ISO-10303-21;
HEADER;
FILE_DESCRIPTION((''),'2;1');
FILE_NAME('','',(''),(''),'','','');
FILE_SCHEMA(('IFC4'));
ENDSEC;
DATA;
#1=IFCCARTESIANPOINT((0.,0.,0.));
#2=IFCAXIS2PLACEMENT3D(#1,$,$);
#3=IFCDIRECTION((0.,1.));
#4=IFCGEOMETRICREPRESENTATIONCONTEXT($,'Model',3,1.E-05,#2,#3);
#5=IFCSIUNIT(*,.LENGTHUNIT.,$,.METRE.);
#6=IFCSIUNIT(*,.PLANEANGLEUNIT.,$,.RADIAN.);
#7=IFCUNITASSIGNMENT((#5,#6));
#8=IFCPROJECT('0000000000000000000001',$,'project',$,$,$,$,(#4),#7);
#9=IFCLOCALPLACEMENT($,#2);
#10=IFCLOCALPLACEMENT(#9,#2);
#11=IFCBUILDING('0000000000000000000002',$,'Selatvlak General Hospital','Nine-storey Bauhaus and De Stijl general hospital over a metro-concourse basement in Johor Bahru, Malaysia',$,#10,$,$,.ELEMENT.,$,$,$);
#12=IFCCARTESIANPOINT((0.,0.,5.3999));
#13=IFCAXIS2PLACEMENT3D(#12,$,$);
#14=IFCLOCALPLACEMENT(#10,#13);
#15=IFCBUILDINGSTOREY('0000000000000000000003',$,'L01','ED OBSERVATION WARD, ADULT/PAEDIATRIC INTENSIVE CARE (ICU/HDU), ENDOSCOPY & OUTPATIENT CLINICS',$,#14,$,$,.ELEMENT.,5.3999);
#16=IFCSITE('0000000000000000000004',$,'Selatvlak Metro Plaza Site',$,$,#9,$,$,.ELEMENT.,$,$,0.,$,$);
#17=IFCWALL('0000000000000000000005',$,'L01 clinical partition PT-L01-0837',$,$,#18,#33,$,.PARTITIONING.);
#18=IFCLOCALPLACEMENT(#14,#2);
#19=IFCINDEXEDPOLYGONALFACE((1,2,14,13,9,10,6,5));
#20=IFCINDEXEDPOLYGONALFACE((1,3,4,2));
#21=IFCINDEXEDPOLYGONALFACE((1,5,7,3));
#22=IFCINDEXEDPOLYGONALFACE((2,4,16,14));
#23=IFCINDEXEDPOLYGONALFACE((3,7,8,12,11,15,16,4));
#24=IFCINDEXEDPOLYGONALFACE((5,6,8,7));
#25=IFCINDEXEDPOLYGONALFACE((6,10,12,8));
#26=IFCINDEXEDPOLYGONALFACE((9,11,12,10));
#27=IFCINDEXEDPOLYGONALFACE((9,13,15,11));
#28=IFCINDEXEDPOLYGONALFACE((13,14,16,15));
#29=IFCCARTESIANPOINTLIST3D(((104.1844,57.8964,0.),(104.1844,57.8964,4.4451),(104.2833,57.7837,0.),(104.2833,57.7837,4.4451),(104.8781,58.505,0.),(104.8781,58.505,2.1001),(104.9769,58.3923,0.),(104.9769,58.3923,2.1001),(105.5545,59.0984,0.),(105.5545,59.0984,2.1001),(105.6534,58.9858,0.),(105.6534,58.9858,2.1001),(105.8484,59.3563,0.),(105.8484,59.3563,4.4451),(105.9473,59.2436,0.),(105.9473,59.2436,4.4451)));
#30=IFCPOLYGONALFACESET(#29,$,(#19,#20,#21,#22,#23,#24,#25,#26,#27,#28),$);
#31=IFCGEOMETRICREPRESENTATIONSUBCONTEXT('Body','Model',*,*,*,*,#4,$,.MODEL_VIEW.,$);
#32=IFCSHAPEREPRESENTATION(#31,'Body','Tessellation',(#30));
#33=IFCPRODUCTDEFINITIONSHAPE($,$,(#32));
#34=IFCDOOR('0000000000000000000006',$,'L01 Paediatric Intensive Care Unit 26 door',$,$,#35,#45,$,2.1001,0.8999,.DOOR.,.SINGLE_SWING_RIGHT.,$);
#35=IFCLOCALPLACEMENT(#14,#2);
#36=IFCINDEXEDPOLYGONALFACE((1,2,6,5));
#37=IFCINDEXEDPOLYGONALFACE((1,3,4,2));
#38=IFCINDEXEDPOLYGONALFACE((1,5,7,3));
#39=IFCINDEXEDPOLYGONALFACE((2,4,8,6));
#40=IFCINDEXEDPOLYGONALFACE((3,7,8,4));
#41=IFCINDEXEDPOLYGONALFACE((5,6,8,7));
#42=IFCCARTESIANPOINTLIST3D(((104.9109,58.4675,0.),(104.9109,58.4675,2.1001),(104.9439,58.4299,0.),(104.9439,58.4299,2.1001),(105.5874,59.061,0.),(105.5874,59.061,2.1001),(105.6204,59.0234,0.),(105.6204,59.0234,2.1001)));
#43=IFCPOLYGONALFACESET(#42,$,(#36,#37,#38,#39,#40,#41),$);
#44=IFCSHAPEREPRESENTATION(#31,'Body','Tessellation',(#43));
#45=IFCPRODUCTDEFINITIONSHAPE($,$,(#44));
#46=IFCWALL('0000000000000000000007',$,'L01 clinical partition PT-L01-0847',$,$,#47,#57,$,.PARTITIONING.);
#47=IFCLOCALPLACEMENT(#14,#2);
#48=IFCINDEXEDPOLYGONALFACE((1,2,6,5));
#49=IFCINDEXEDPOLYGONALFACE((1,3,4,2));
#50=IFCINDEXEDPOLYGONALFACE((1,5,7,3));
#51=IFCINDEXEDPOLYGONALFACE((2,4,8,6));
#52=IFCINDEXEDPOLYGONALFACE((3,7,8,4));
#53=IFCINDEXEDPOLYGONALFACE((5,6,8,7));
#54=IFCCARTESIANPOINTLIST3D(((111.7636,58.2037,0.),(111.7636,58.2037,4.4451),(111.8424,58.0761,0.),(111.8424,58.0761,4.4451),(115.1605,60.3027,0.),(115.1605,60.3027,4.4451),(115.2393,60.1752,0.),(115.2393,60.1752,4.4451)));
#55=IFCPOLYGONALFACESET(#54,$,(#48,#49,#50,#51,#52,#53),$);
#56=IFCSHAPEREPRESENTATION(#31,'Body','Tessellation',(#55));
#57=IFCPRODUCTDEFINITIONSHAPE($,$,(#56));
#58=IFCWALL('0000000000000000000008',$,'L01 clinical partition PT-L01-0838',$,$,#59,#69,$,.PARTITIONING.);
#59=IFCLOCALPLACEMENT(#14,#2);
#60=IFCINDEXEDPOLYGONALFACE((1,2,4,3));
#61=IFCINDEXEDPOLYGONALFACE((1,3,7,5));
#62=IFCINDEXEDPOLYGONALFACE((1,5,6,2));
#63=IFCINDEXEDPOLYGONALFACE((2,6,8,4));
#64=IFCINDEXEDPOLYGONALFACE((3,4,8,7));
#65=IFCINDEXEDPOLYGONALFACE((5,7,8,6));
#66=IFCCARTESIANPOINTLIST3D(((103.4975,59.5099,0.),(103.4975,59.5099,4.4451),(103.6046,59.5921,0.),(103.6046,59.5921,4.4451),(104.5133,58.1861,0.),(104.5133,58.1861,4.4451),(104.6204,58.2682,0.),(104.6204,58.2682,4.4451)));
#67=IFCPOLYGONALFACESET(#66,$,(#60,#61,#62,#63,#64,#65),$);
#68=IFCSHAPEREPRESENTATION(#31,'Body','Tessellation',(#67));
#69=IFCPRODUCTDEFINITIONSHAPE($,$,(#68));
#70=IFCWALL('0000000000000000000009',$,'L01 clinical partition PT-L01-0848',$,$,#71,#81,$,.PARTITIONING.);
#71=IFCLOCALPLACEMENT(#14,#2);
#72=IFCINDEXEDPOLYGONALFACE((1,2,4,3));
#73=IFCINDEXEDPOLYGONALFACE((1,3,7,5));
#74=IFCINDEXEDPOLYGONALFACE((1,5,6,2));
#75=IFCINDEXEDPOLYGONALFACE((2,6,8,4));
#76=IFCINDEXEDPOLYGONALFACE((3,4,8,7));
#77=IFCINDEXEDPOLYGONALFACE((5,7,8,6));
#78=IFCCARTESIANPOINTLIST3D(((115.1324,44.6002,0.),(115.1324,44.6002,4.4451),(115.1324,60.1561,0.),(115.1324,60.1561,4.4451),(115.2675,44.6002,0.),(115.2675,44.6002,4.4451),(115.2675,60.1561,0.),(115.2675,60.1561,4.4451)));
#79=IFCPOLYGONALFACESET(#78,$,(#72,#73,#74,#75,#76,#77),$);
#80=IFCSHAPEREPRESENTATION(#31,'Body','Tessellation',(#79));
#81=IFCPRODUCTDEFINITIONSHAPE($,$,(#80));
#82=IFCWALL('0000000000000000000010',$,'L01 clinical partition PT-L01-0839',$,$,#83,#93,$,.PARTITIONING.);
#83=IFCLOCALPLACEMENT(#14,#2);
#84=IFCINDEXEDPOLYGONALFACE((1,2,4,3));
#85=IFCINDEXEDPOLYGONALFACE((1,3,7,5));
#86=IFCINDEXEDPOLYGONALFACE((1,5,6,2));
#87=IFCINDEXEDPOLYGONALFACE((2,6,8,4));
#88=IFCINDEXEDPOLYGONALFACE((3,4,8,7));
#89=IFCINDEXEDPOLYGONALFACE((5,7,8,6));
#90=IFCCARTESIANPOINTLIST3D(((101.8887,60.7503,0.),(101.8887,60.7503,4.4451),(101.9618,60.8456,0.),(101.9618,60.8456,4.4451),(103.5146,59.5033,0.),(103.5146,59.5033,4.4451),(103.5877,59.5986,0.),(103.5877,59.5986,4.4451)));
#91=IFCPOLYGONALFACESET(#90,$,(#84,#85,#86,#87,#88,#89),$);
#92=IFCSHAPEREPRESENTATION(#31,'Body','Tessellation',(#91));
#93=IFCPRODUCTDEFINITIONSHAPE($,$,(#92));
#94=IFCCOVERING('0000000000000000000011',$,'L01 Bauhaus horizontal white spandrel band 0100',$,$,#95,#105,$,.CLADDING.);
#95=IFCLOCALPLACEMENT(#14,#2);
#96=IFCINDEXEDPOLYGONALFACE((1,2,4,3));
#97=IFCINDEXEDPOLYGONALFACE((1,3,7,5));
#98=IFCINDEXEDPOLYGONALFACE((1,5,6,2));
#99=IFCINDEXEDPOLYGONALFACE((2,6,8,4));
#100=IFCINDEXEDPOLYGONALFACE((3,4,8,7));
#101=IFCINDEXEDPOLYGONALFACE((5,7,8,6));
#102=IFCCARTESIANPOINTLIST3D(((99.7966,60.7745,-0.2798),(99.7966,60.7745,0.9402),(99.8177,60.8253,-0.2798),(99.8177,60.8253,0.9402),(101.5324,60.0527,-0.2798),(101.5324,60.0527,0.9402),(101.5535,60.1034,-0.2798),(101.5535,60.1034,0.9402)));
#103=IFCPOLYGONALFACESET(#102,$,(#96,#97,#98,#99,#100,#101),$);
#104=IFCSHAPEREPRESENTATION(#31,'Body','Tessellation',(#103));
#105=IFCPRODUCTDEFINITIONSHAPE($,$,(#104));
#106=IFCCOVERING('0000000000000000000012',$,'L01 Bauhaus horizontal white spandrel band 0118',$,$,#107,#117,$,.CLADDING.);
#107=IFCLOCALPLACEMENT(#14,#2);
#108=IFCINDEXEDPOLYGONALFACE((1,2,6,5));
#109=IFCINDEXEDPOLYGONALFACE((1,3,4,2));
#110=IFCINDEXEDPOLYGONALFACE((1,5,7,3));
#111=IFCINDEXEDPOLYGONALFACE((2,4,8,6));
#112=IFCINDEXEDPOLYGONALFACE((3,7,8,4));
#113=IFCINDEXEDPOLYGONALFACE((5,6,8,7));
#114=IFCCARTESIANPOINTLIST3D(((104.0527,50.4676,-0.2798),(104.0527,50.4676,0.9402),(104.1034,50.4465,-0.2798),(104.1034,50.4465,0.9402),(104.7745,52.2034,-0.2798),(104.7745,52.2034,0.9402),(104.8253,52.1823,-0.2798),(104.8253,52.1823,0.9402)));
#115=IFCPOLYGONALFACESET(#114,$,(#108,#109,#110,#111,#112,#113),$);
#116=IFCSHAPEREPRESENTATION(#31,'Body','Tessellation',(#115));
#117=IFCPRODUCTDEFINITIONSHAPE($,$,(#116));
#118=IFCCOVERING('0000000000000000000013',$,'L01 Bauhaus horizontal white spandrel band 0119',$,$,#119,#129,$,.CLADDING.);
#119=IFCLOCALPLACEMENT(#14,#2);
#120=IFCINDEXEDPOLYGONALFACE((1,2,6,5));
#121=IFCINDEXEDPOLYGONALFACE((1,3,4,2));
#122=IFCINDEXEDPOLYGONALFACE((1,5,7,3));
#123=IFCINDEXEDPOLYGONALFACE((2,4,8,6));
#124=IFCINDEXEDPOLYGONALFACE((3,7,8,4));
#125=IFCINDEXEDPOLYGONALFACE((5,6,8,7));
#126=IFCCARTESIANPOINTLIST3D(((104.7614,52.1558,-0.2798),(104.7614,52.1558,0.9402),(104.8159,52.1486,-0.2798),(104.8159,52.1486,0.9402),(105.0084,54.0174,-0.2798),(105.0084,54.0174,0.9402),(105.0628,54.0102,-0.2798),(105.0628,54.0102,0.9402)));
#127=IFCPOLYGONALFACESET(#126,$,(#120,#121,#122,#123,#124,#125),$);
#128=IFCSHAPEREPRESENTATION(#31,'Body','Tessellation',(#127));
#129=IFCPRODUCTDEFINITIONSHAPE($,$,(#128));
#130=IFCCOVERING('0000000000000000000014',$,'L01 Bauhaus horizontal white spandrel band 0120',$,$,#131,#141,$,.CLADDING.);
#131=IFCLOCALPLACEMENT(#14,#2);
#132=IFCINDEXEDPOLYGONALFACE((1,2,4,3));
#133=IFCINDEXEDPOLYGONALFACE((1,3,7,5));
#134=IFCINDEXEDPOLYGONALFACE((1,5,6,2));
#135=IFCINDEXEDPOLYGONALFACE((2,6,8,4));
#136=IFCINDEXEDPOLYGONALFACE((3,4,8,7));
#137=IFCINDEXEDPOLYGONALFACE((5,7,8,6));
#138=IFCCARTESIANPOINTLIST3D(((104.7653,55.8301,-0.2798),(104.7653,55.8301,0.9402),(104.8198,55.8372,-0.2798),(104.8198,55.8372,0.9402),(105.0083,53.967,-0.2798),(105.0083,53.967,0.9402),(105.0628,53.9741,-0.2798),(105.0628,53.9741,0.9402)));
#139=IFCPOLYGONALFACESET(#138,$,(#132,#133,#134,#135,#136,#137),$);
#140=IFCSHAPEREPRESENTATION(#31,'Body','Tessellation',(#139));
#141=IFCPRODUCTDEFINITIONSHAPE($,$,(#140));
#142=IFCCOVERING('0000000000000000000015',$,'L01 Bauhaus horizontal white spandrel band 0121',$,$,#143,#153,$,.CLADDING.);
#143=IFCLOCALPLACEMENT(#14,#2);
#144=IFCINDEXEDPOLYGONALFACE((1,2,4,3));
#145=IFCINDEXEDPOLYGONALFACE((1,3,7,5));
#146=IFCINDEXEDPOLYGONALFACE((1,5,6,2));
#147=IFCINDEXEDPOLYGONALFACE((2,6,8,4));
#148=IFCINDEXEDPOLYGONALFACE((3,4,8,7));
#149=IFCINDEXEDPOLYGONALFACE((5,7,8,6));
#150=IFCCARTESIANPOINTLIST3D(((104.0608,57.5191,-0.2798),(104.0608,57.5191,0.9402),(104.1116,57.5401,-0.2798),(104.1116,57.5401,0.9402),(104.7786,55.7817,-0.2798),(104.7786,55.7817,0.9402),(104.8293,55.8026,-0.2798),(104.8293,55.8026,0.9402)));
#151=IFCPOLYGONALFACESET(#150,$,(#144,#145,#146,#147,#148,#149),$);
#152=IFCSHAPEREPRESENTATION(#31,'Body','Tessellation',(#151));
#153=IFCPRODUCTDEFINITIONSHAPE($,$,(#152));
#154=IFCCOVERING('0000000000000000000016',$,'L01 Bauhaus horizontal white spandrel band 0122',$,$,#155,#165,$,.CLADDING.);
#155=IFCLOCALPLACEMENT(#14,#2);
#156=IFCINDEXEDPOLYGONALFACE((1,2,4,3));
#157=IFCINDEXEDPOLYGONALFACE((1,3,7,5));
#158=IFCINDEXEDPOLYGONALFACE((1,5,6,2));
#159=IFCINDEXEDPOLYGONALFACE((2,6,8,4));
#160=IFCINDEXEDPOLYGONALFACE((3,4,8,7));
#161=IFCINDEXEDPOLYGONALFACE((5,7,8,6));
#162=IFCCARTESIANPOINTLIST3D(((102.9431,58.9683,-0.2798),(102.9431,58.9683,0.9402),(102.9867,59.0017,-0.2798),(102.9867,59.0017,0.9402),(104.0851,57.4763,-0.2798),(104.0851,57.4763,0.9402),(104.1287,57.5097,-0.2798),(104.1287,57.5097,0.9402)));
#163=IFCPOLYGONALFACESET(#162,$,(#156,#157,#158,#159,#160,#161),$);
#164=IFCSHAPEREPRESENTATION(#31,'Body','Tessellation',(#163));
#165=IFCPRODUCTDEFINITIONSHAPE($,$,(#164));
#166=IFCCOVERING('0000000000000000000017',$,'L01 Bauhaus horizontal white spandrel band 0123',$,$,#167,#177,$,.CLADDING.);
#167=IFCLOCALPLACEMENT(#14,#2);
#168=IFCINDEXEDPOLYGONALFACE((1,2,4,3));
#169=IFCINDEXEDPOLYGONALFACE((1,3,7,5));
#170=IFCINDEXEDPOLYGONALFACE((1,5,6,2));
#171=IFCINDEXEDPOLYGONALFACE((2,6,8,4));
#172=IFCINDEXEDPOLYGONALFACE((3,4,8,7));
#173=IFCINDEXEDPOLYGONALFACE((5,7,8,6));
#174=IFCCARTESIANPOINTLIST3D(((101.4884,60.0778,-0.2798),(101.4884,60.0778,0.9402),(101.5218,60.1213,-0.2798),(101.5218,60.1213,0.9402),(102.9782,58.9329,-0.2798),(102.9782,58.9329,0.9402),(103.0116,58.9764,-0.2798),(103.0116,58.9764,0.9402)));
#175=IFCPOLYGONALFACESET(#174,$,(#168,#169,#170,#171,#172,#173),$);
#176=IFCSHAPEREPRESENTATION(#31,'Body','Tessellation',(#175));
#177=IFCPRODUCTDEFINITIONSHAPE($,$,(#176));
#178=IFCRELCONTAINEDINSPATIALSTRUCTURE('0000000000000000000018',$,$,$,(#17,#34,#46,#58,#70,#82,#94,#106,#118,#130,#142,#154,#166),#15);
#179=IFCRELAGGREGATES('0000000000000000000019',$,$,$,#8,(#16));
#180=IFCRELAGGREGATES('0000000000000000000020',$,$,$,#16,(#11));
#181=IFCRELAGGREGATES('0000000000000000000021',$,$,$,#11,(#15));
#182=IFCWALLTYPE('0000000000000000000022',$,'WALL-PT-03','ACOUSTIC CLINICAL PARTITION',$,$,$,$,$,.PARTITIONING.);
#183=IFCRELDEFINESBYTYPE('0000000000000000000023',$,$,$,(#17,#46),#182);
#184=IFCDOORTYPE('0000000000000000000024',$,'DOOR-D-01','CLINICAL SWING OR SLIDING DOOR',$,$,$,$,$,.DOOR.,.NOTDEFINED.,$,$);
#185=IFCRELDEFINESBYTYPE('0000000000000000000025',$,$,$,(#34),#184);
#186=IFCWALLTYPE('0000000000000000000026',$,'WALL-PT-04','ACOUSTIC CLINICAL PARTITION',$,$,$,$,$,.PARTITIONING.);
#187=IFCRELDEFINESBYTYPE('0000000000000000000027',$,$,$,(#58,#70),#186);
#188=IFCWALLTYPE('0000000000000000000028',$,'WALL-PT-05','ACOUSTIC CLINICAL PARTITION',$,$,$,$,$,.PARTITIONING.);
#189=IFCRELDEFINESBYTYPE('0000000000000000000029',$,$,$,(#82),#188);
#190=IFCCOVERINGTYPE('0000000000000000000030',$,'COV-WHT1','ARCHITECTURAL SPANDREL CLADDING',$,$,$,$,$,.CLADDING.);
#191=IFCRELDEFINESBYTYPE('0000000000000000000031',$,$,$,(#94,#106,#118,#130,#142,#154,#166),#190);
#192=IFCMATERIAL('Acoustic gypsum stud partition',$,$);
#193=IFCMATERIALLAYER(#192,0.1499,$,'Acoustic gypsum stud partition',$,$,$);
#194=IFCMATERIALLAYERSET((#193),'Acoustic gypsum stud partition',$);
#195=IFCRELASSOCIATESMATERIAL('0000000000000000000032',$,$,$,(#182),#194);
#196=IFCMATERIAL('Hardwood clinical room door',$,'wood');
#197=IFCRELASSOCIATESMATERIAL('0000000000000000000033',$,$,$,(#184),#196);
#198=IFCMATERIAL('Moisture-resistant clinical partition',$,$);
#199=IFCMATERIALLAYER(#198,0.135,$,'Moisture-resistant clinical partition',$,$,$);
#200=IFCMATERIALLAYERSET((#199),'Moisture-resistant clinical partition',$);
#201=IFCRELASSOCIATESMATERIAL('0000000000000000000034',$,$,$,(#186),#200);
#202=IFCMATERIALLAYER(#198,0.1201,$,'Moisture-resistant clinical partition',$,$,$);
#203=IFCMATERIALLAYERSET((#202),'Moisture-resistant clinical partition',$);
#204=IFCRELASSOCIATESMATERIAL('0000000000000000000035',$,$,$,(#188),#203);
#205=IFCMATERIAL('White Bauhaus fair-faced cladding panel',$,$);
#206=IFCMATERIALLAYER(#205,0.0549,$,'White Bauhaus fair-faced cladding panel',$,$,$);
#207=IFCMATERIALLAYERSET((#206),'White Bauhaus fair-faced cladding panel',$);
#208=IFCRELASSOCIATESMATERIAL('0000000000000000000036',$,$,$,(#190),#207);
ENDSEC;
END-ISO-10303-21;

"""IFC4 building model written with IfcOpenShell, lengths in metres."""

from ifc_helpers import new_model, si_unit, direction, frame, frame_2d, origin, origin_2d, place, context, subcontext, project, spatial, rectangle, extrude, material, layer, layer_set, type_object, element, fill, save


model = new_model("IFC4")

# Units and contexts
model_context = context("Model", 3, precision=1e-05, world=origin(), true_north=direction((0.0, 1.0)))
body_context = subcontext(model_context, "Body", "Model", "MODEL_VIEW")
ifc_project = project(units=[si_unit("LENGTHUNIT", "METRE"), si_unit("PLANEANGLEUNIT", "RADIAN")], contexts=[model_context])

# Site, building, storey
site_placement = place(None, origin())
site = spatial("IfcSite", under=ifc_project, at=site_placement, Name="Selatvlak Metro Plaza Site", CompositionType="ELEMENT", RefElevation=0.0)
building_placement = place(site_placement, origin())
building = spatial("IfcBuilding", under=site, at=building_placement, Name="Selatvlak General Hospital", Description="Nine-storey Bauhaus and De Stijl general hospital over a metro-concourse basement in Johor Bahru, Malaysia", CompositionType="ELEMENT")
storey_placement = place(building_placement, frame((0.0, 0.0, 5.3999)))
storey = spatial("IfcBuildingStorey", under=building, at=storey_placement, Name="L01", Description="ED OBSERVATION WARD, ADULT/PAEDIATRIC INTENSIVE CARE (ICU/HDU), ENDOSCOPY & OUTPATIENT CLINICS", CompositionType="ELEMENT", Elevation=5.3999)

# Shared definitions
ifc_material_1 = material(Name="Acoustic gypsum stud partition")

# Wall, opening, door
ifc_layer_1 = layer(ifc_material_1, 0.1499, Name="Acoustic gypsum stud partition")
ifc_layer_set_1 = layer_set([ifc_layer_1], Name="Acoustic gypsum stud partition")
wall_type_1 = type_object("IfcWallType", Name="WALL-PT-03", Description="ACOUSTIC CLINICAL PARTITION", PredefinedType="PARTITIONING", material=ifc_layer_set_1)
wall_1_placement = place(storey_placement, frame((105.8979, 59.3, 0.0), z_axis=(0.0, 0.0, 1.0), x_axis=(-0.751702, -0.659503, 0.0)))
wall_1 = element("IfcWall", 1, at=wall_1_placement, inside=storey, type_object=wall_type_1, Name="L01 clinical partition PT-L01-0837", PredefinedType="PARTITIONING", context=body_context, shape_type="SweptSolid", body=[
    extrude(rectangle(XDim=2.2136, YDim=0.1499, at=frame_2d((1.1069, 0.0))), origin(), (0.0, 0.0, 1.0), 4.4451),
])
opening_1_placement = place(wall_1_placement, frame((0.3911, 0.0, 0.0)))
opening_1 = element("IfcOpeningElement", 2, at=opening_1_placement, cuts=wall_1, PredefinedType="OPENING", context=body_context, shape_type="SweptSolid", body=[
    extrude(rectangle(XDim=0.8999, YDim=2.1001, at=frame_2d((0.45, 1.05))), frame((0.0, 0.085, 0.0), z_axis=(0.0, -1.0, 0.0), x_axis=(1.0, 0.0, 0.0)), (0.0, 0.0, 1.0), 0.1699),
])
ifc_material_2 = material(Name="Hardwood clinical room door", Category="wood")
door_type_1 = type_object("IfcDoorType", Name="DOOR-D-01", Description="CLINICAL SWING OR SLIDING DOOR", OperationType="NOTDEFINED", PredefinedType="DOOR", material=ifc_material_2)
door_1_placement = place(opening_1_placement, origin())
door_1 = element("IfcDoor", 3, at=door_1_placement, inside=storey, type_object=door_type_1, Name="L01 Paediatric Intensive Care Unit 26 door", OperationType="SINGLE_SWING_RIGHT", OverallHeight=2.1001, OverallWidth=0.8999, PredefinedType="DOOR", context=body_context, shape_type="SweptSolid", body=[
    extrude(rectangle(XDim=0.8999, YDim=2.1001, at=frame_2d((0.45, 1.05))), frame((0.0, 0.0249, 0.0), z_axis=(0.0, -1.0, 0.0), x_axis=(1.0, 0.0, 0.0)), (0.0, 0.0, 1.0), 0.05),
])
fill(opening_1, door_1)

# Walls
wall_2_placement = place(storey_placement, frame((111.803, 58.1399, 0.0), z_axis=(0.0, 0.0, 1.0), x_axis=(0.850687, 0.525672, 0.0)))
element("IfcWall", 4, at=wall_2_placement, inside=storey, type_object=wall_type_1, Name="L01 clinical partition PT-L01-0847", PredefinedType="PARTITIONING", context=body_context, shape_type="SweptSolid", body=[
    extrude(rectangle(XDim=3.9932, YDim=0.1499, at=frame_2d((1.9966, 0.0))), origin(), (0.0, 0.0, 1.0), 4.4451),
])
ifc_material_3 = material(Name="Moisture-resistant clinical partition")
ifc_layer_2 = layer(ifc_material_3, 0.135, Name="Moisture-resistant clinical partition")
ifc_layer_set_2 = layer_set([ifc_layer_2], Name="Moisture-resistant clinical partition")
wall_type_2 = type_object("IfcWallType", Name="WALL-PT-04", Description="ACOUSTIC CLINICAL PARTITION", PredefinedType="PARTITIONING", material=ifc_layer_set_2)
wall_3_placement = place(storey_placement, frame((104.5669, 58.2271, 0.0), z_axis=(0.0, 0.0, 1.0), x_axis=(-0.608742, 0.793368, 0.0)))
element("IfcWall", 5, at=wall_3_placement, inside=storey, type_object=wall_type_2, Name="L01 clinical partition PT-L01-0838", PredefinedType="PARTITIONING", context=body_context, shape_type="SweptSolid", body=[
    extrude(rectangle(XDim=1.6687, YDim=0.135, at=frame_2d((0.8345, 0.0))), origin(), (0.0, 0.0, 1.0), 4.4451),
])
wall_4_placement = place(storey_placement, frame((115.2, 60.156, 0.0), z_axis=(0.0, 0.0, 1.0), x_axis=(0.0, -1.0, 0.0)))
element("IfcWall", 6, at=wall_4_placement, inside=storey, type_object=wall_type_2, Name="L01 clinical partition PT-L01-0848", PredefinedType="PARTITIONING", context=body_context, shape_type="SweptSolid", body=[
    extrude(rectangle(XDim=15.5559, YDim=0.135, at=frame_2d((7.7778, 0.0))), origin(), (0.0, 0.0, 1.0), 4.4451),
])
ifc_layer_3 = layer(ifc_material_3, 0.1201, Name="Moisture-resistant clinical partition")
ifc_layer_set_3 = layer_set([ifc_layer_3], Name="Moisture-resistant clinical partition")
wall_type_3 = type_object("IfcWallType", Name="WALL-PT-05", Description="ACOUSTIC CLINICAL PARTITION", PredefinedType="PARTITIONING", material=ifc_layer_set_3)
wall_5_placement = place(storey_placement, frame((103.551, 59.551, 0.0), z_axis=(0.0, 0.0, 1.0), x_axis=(-0.793491, 0.608582, 0.0)))
element("IfcWall", 7, at=wall_5_placement, inside=storey, type_object=wall_type_3, Name="L01 clinical partition PT-L01-0839", PredefinedType="PARTITIONING", context=body_context, shape_type="SweptSolid", body=[
    extrude(rectangle(XDim=2.0491, YDim=0.1201, at=frame_2d((1.0244, 0.0))), origin(), (0.0, 0.0, 1.0), 4.4451),
])

# Coverings
ifc_material_4 = material(Name="White Bauhaus fair-faced cladding panel")
ifc_layer_4 = layer(ifc_material_4, 0.0549, Name="White Bauhaus fair-faced cladding panel")
ifc_layer_set_4 = layer_set([ifc_layer_4], Name="White Bauhaus fair-faced cladding panel")
covering_type = type_object("IfcCoveringType", Name="COV-WHT1", Description="ARCHITECTURAL SPANDREL CLADDING", PredefinedType="CLADDING", material=ifc_layer_set_4)
for number, where, z_axis, x_axis, name in (
    (8, (100.675, 60.439, -0.2798), (0.0, 0.0, 1.0), (-0.923331, 0.384005, 0.0), "L01 Bauhaus horizontal white spandrel band 0100"),
    (9, (104.439, 51.325, -0.2798), (0.0, 0.0, 1.0), (0.384005, 0.923331, 0.0), "L01 Bauhaus horizontal white spandrel band 0118"),
):
    element("IfcCovering", number, at=place(storey_placement, frame(where, z_axis=z_axis, x_axis=x_axis)), inside=storey, type_object=covering_type, Name=name, PredefinedType="CLADDING", context=body_context, shape_type="SweptSolid", body=[
        extrude(rectangle(XDim=1.8799, YDim=0.0549, at=origin_2d()), origin(), (0.0, 0.0, 1.0), 1.22),
    ])
covering_1_placement = place(storey_placement, frame((104.9121, 53.083, -0.2798), z_axis=(0.0, 0.0, 1.0), x_axis=(0.131495, 0.991317, 0.0)))
element("IfcCovering", 10, at=covering_1_placement, inside=storey, type_object=covering_type, Name="L01 Bauhaus horizontal white spandrel band 0119", PredefinedType="CLADDING", context=body_context, shape_type="SweptSolid", body=[
    extrude(rectangle(XDim=1.8779, YDim=0.0549, at=origin_2d()), origin(), (0.0, 0.0, 1.0), 1.22),
])
covering_2_placement = place(storey_placement, frame((104.9141, 54.9021, -0.2798), z_axis=(0.0, 0.0, 1.0), x_axis=(-0.129332, 0.991601, 0.0)))
element("IfcCovering", 11, at=covering_2_placement, inside=storey, type_object=covering_type, Name="L01 Bauhaus horizontal white spandrel band 0120", PredefinedType="CLADDING", context=body_context, shape_type="SweptSolid", body=[
    extrude(rectangle(XDim=1.8789, YDim=0.0549, at=origin_2d()), origin(), (0.0, 0.0, 1.0), 1.22),
])
covering_3_placement = place(storey_placement, frame((104.4451, 56.6609, -0.2798), z_axis=(0.0, 0.0, 1.0), x_axis=(-0.381813, 0.92424, 0.0)))
element("IfcCovering", 12, at=covering_3_placement, inside=storey, type_object=covering_type, Name="L01 Bauhaus horizontal white spandrel band 0121", PredefinedType="CLADDING", context=body_context, shape_type="SweptSolid", body=[
    extrude(rectangle(XDim=1.8799, YDim=0.0549, at=origin_2d()), origin(), (0.0, 0.0, 1.0), 1.22),
])
for number, where, z_axis, x_axis, name in (
    (13, (103.5359, 58.239, -0.2798), (0.0, 0.0, 1.0), (-0.607806, 0.794086, 0.0), "L01 Bauhaus horizontal white spandrel band 0122"),
    (14, (102.25, 59.5271, -0.2798), (0.0, 0.0, 1.0), (-0.792918, 0.609329, 0.0), "L01 Bauhaus horizontal white spandrel band 0123"),
):
    element("IfcCovering", number, at=place(storey_placement, frame(where, z_axis=z_axis, x_axis=x_axis)), inside=storey, type_object=covering_type, Name=name, PredefinedType="CLADDING", context=body_context, shape_type="SweptSolid", body=[
        extrude(rectangle(XDim=1.8789, YDim=0.0549, at=origin_2d()), origin(), (0.0, 0.0, 1.0), 1.22),
    ])

save(model, "model.ifc")
